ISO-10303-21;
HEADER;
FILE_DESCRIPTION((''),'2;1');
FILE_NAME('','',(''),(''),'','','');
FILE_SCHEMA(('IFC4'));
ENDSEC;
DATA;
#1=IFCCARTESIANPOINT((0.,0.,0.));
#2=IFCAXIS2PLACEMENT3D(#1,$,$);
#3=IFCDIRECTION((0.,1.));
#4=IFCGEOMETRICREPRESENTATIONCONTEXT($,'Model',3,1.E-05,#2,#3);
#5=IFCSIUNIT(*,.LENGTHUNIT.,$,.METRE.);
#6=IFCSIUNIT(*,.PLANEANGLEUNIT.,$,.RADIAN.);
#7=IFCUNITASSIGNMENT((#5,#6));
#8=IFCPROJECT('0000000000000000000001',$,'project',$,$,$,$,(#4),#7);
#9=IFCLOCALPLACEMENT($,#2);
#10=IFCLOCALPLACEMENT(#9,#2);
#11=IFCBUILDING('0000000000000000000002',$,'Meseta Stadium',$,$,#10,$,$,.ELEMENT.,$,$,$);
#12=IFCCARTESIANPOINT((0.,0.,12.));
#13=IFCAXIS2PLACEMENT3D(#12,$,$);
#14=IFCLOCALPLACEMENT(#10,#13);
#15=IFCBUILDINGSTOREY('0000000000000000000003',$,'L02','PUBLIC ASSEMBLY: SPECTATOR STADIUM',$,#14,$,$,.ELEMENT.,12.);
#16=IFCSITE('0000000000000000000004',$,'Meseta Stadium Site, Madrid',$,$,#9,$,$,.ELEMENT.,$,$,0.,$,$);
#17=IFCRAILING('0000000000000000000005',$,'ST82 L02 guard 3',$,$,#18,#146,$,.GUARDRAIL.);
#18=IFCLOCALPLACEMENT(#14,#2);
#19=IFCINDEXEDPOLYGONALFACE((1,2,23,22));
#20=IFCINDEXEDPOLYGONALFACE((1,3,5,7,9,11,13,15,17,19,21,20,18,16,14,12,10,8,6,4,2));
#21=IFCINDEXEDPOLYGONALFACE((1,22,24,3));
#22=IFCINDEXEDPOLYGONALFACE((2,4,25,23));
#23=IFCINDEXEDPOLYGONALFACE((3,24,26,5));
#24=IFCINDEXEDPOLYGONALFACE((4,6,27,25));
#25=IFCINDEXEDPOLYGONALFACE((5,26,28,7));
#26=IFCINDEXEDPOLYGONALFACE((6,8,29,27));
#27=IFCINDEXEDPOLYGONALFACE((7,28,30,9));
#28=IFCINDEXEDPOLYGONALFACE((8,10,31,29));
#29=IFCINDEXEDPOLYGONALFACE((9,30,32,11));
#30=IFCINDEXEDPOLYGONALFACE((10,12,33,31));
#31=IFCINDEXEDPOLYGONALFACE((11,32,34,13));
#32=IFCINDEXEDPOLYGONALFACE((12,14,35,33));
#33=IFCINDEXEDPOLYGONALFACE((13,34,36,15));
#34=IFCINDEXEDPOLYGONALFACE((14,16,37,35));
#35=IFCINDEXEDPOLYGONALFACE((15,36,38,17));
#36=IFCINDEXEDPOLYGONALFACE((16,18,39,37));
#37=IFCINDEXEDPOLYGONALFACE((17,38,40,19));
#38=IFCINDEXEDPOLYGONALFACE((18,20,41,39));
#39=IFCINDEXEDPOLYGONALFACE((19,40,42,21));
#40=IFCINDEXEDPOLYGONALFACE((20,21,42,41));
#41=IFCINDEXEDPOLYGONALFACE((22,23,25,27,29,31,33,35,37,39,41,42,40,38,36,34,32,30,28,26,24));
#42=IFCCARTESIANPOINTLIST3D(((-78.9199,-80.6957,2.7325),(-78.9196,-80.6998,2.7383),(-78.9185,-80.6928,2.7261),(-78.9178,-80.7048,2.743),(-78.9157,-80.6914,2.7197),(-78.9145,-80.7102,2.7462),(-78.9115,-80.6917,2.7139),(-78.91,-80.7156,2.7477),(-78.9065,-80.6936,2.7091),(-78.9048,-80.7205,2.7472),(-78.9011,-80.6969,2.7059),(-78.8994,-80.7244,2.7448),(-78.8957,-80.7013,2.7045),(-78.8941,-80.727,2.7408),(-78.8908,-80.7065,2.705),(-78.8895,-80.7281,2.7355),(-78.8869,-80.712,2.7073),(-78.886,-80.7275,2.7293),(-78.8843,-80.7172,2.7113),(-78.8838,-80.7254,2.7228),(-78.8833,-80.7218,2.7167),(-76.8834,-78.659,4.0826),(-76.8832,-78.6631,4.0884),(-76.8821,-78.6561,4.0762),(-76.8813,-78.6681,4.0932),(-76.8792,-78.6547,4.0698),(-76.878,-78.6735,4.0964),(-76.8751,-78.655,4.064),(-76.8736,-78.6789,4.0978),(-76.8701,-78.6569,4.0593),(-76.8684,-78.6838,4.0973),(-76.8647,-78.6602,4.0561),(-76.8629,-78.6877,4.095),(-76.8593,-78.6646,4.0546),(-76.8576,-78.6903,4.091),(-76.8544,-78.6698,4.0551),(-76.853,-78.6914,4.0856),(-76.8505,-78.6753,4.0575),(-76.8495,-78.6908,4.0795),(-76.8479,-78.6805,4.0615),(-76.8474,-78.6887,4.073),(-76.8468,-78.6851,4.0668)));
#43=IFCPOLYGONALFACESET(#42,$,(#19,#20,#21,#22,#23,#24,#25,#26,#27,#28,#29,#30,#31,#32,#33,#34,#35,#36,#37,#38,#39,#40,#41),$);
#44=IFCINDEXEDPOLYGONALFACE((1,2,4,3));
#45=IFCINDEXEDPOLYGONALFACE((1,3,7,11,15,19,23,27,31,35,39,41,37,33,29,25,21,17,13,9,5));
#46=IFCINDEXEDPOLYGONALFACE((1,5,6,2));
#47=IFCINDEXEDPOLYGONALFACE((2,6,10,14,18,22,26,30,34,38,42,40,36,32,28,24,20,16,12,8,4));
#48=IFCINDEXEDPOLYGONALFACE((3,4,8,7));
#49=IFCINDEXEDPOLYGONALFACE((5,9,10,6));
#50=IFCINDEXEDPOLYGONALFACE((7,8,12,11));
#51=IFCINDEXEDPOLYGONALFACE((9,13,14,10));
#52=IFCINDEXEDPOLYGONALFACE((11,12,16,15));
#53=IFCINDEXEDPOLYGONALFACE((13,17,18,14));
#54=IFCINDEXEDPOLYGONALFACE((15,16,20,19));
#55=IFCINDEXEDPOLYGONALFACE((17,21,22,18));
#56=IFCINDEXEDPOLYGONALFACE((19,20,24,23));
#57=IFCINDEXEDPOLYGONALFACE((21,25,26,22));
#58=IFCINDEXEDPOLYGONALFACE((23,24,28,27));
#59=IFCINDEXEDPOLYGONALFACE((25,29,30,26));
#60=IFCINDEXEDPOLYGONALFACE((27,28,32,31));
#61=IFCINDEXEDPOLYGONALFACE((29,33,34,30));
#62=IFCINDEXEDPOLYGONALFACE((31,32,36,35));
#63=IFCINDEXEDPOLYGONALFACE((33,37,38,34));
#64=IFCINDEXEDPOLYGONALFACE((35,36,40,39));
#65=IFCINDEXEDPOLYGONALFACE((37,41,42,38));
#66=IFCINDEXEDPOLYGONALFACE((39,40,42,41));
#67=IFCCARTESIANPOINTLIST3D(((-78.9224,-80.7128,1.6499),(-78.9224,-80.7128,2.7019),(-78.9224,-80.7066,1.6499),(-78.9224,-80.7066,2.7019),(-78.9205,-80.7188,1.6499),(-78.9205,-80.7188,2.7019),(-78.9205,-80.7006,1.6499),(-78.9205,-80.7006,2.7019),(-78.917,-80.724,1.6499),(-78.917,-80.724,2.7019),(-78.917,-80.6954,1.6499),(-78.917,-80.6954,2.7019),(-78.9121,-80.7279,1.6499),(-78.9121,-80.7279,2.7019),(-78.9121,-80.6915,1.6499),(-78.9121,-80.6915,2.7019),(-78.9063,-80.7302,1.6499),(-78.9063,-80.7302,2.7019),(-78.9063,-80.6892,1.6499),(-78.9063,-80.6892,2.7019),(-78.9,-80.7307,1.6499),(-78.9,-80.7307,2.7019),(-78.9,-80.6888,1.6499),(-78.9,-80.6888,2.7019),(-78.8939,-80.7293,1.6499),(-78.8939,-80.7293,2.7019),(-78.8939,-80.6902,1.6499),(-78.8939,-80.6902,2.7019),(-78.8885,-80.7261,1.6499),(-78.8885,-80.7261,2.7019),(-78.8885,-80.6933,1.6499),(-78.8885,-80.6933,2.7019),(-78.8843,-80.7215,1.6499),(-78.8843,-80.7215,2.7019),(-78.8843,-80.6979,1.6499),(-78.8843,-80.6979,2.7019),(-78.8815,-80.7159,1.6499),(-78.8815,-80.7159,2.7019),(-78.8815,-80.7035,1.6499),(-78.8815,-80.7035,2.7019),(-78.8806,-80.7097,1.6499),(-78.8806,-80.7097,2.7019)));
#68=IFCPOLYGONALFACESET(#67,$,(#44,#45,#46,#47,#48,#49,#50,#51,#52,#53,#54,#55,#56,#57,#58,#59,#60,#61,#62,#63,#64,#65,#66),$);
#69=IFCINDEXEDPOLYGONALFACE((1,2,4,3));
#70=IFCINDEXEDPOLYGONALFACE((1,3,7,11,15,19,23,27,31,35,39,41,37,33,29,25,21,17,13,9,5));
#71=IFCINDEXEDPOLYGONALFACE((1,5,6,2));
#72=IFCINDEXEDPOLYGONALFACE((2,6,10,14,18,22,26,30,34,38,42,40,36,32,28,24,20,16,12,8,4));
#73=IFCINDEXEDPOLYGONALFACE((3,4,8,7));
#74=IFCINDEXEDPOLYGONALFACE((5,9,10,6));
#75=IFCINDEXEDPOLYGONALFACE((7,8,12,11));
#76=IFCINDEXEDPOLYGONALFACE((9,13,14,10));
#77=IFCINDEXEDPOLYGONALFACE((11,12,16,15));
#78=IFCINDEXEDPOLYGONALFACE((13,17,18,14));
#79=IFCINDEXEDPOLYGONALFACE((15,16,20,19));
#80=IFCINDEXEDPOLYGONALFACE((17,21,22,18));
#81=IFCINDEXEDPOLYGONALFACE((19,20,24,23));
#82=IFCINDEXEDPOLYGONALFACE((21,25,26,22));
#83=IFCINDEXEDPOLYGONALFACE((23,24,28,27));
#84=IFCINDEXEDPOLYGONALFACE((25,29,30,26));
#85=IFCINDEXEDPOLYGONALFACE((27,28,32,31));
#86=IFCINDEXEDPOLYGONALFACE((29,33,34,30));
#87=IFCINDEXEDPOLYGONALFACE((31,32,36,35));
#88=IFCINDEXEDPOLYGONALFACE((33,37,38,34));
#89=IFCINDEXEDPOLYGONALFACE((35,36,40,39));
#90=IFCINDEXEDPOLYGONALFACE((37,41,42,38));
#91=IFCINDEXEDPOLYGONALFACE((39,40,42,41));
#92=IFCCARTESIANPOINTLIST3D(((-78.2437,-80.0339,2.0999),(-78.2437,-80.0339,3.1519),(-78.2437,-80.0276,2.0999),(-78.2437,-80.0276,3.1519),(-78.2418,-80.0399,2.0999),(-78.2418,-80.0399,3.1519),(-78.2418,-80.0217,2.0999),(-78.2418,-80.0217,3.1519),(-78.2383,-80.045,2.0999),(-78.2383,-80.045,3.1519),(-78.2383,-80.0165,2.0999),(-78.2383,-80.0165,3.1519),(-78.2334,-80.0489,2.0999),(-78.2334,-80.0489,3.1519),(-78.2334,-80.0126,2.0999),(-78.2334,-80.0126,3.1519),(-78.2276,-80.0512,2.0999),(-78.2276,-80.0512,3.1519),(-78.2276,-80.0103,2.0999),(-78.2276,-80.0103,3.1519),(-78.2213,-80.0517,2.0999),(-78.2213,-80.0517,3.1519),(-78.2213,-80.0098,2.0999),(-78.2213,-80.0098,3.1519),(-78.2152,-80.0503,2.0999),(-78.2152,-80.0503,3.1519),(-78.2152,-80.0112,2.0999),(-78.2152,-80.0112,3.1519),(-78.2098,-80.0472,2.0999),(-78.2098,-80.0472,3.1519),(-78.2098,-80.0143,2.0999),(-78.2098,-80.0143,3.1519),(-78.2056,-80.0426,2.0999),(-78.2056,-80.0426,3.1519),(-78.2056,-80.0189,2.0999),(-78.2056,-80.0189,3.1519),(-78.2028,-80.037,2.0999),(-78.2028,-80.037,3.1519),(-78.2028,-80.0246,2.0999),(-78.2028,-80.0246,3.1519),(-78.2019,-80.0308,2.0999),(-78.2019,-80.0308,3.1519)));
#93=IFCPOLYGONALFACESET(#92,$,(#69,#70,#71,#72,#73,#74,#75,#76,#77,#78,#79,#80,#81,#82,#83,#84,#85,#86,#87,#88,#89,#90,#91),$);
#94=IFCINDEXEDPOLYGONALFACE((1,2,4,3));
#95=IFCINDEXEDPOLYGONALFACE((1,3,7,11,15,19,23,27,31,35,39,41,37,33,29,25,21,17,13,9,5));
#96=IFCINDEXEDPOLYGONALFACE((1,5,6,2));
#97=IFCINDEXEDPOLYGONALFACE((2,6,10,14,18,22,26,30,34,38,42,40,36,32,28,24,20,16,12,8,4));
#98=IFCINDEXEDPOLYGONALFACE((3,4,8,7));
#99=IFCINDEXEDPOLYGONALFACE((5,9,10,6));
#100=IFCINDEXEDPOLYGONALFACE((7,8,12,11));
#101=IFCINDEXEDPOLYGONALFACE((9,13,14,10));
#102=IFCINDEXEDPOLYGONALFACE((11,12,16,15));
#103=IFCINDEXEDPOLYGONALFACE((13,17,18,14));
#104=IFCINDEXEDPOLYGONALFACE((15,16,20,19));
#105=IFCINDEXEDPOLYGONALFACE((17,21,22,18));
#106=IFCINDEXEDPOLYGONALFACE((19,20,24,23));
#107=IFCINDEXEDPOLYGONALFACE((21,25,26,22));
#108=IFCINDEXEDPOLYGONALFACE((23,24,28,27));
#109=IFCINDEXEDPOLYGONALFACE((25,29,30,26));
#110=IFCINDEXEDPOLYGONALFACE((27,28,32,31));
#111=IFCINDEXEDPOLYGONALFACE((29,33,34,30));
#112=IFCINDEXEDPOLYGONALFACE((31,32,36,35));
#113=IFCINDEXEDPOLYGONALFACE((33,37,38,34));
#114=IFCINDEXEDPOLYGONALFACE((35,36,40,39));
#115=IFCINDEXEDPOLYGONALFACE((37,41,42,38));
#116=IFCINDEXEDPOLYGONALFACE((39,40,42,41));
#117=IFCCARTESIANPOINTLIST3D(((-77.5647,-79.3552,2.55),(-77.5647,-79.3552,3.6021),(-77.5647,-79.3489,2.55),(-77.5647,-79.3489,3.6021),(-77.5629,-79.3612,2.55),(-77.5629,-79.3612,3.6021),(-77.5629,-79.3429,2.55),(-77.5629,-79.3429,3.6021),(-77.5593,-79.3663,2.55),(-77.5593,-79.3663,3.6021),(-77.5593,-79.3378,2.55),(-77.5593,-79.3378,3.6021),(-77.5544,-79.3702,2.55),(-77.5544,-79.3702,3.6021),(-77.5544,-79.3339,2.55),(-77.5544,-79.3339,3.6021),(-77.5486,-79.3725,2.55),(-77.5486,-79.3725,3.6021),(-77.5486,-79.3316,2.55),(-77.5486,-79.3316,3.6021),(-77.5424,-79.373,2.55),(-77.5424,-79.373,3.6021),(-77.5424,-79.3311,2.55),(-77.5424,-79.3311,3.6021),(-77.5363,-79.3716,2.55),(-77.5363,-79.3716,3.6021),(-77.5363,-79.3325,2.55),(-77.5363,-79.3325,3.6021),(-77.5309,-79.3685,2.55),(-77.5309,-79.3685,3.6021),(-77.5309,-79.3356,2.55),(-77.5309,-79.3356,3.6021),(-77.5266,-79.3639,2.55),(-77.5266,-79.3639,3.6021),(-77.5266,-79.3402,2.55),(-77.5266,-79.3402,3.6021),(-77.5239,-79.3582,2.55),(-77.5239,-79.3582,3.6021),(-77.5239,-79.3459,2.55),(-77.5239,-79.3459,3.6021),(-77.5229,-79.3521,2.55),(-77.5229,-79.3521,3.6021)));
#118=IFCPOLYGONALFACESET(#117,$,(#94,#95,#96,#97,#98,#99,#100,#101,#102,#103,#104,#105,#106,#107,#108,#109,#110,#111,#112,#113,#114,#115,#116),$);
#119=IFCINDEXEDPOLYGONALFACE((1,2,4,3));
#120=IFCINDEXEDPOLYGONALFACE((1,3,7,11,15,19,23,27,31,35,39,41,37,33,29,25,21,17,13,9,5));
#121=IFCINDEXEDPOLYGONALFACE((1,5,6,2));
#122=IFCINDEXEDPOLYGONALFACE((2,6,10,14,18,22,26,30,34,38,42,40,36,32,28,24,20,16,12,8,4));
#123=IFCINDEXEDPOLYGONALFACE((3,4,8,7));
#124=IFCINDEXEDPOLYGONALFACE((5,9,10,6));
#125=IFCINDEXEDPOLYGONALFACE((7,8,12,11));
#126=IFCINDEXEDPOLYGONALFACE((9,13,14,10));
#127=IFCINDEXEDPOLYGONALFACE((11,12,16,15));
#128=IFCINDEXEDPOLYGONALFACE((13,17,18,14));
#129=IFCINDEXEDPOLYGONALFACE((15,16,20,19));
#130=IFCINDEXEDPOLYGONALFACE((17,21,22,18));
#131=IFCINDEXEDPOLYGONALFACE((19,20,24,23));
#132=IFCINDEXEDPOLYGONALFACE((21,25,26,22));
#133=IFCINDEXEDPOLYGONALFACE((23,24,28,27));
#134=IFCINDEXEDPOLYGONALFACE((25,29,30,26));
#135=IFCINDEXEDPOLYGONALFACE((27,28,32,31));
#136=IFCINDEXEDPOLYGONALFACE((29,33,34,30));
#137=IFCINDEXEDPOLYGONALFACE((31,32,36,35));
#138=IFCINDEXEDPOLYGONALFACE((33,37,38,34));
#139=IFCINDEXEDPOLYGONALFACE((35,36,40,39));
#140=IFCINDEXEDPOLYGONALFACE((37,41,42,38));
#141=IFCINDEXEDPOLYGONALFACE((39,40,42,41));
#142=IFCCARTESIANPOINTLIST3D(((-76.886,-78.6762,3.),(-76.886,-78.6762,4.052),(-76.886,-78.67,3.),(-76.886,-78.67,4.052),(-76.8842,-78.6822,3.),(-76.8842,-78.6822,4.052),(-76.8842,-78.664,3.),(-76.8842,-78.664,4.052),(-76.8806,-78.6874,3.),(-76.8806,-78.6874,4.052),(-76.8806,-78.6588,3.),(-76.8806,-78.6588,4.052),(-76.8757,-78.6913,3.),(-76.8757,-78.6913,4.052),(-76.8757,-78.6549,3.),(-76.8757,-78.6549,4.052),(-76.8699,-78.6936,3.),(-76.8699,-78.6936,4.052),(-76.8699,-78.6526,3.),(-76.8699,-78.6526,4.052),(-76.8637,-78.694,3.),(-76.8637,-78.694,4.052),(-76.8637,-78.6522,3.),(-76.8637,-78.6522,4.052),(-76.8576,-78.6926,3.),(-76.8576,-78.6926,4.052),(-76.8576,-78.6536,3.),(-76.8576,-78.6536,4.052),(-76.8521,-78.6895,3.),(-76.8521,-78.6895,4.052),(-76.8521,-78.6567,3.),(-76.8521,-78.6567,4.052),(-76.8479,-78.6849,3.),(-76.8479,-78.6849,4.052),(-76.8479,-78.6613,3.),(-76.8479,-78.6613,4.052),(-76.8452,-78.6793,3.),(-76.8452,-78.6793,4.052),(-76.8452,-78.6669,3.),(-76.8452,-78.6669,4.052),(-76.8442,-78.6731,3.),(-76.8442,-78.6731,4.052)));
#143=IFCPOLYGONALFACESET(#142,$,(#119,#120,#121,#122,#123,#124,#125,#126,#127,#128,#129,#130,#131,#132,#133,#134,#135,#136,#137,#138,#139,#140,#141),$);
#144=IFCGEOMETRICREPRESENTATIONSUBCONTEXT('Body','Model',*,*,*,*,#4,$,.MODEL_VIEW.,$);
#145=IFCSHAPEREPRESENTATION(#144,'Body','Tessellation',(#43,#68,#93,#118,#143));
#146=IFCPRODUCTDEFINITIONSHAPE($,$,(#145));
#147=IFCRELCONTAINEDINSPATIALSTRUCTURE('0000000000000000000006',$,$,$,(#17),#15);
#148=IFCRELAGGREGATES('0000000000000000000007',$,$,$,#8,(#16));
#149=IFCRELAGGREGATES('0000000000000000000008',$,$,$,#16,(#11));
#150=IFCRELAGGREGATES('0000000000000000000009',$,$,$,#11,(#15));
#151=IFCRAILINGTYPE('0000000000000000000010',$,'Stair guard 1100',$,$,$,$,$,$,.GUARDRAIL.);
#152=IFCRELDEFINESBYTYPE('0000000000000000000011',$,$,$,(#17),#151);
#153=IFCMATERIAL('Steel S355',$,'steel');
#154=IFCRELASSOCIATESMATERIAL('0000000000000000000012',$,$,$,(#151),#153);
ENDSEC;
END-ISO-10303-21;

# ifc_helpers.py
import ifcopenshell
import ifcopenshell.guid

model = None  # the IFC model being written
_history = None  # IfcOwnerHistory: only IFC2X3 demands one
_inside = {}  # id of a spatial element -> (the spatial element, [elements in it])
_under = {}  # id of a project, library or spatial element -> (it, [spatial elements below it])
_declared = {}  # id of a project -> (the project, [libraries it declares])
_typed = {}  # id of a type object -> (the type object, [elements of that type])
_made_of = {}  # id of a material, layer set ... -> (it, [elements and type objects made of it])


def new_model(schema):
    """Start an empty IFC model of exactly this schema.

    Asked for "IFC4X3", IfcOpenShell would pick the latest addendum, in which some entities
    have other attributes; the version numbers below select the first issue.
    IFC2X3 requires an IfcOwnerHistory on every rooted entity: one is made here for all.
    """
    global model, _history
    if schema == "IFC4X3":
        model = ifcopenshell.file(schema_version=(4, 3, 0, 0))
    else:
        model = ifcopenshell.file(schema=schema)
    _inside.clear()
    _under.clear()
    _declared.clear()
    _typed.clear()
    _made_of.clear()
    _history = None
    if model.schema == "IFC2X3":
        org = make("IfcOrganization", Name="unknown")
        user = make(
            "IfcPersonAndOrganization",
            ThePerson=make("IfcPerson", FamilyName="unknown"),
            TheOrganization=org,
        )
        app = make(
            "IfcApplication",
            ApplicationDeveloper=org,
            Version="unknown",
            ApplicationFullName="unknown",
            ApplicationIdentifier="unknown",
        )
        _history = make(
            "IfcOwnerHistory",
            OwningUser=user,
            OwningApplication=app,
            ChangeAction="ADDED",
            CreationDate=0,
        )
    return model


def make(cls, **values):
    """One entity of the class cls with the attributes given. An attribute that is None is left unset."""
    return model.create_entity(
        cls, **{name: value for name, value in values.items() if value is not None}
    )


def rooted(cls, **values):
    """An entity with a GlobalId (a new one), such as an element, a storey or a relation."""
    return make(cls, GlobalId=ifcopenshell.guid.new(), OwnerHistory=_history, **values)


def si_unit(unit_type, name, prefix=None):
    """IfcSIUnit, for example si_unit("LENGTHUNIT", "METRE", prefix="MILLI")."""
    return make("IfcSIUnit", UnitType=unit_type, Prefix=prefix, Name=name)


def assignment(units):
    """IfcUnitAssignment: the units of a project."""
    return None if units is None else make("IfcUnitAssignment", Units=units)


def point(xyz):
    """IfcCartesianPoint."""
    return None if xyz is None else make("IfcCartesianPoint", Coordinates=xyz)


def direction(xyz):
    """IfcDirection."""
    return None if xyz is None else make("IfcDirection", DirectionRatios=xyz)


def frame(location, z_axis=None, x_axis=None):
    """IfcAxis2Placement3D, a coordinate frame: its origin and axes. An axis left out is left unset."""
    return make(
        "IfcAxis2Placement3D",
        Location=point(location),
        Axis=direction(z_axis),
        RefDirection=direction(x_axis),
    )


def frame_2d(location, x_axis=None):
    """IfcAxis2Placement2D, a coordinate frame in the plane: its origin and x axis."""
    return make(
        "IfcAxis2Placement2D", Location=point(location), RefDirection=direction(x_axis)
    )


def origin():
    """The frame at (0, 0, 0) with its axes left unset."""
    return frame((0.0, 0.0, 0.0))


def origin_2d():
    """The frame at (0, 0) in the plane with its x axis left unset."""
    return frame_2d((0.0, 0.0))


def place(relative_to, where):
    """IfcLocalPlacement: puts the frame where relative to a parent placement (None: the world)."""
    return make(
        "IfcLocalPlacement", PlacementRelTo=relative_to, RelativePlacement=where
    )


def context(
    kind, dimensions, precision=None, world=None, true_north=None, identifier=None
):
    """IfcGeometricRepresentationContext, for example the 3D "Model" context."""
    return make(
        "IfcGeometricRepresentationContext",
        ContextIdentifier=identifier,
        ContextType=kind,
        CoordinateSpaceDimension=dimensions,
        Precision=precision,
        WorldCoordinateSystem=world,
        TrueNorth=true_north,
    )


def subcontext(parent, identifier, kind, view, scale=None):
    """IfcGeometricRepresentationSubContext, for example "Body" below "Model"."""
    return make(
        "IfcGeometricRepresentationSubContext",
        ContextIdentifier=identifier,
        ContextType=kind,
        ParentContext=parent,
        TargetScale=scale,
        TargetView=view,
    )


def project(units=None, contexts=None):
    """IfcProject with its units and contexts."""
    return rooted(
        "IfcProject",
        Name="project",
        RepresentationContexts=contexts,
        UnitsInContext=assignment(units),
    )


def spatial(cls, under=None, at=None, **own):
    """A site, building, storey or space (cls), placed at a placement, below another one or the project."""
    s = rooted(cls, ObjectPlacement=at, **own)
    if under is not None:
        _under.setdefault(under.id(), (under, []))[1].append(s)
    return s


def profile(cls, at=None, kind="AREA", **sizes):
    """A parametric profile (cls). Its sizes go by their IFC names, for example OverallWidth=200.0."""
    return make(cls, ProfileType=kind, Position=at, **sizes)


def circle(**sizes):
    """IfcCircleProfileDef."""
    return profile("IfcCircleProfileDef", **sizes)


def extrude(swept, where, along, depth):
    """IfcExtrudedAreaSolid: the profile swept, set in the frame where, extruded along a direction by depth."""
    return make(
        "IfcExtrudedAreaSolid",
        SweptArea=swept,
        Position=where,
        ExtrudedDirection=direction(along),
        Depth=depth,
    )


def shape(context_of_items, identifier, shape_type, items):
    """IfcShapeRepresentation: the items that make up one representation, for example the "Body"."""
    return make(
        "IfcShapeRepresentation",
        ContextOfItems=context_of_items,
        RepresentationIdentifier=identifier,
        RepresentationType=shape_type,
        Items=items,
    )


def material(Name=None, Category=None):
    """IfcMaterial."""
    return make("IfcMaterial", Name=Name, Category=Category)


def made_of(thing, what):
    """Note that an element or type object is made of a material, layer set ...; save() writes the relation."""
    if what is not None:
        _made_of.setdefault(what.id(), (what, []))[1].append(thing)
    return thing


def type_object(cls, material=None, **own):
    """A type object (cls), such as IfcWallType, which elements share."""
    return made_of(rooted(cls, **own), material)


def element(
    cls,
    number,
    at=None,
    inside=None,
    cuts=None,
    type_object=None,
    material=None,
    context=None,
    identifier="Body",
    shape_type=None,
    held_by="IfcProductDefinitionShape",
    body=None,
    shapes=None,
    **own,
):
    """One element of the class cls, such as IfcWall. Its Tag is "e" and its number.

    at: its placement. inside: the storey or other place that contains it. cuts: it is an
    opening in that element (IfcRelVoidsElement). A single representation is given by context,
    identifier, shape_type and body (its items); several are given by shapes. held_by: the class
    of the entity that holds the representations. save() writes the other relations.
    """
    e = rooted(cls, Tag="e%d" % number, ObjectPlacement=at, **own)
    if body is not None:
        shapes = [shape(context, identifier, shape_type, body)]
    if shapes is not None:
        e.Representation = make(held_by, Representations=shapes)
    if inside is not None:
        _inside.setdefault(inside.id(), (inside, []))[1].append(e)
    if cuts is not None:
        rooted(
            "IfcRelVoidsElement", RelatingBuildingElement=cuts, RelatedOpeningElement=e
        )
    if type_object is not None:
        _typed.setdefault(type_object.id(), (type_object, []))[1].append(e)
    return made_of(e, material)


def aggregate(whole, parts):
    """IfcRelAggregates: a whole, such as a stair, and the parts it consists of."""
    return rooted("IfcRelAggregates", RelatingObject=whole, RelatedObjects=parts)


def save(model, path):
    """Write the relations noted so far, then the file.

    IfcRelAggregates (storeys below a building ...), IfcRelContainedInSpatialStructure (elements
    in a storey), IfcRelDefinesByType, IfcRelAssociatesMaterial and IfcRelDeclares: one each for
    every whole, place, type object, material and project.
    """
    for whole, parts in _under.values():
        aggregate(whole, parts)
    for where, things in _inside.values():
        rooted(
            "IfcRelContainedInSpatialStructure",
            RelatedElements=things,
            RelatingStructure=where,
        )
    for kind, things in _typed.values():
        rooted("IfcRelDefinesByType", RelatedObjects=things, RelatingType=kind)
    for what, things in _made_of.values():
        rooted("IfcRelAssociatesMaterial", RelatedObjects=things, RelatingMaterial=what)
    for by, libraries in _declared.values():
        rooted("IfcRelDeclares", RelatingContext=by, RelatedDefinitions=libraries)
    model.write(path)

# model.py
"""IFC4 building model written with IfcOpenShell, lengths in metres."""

from ifc_helpers import new_model, si_unit, direction, frame, origin, origin_2d, place, context, subcontext, project, spatial, circle, extrude, material, type_object, element, save


model = new_model("IFC4")

# Units and contexts
model_context = context("Model", 3, precision=1e-05, world=origin(), true_north=direction((0.0, 1.0)))
body_context = subcontext(model_context, "Body", "Model", "MODEL_VIEW")
ifc_project = project(units=[si_unit("LENGTHUNIT", "METRE"), si_unit("PLANEANGLEUNIT", "RADIAN")], contexts=[model_context])

# Site, building, storey
site_placement = place(None, origin())
site = spatial("IfcSite", under=ifc_project, at=site_placement, Name="Meseta Stadium Site, Madrid", CompositionType="ELEMENT", RefElevation=0.0)
building_placement = place(site_placement, origin())
building = spatial("IfcBuilding", under=site, at=building_placement, Name="Meseta Stadium", CompositionType="ELEMENT")
storey_placement = place(building_placement, frame((0.0, 0.0, 12.0)))
storey = spatial("IfcBuildingStorey", under=building, at=storey_placement, Name="L02", Description="PUBLIC ASSEMBLY: SPECTATOR STADIUM", CompositionType="ELEMENT", Elevation=12.0)

# Railing
ifc_material_1 = material(Name="Steel S355", Category="steel")
railing_type_1 = type_object("IfcRailingType", Name="Stair guard 1100", PredefinedType="GUARDRAIL", material=ifc_material_1)
railing_1_placement = place(storey_placement, frame((-78.9016, -80.7097, 1.6499)))
element("IfcRailing", 1, at=railing_1_placement, inside=storey, type_object=railing_type_1, Name="ST82 L02 guard 3", PredefinedType="GUARDRAIL", context=body_context, shape_type="SweptSolid", body=[
    extrude(circle(Radius=0.0239, at=origin_2d()), frame((0.0, 0.0, 1.0762), z_axis=(0.640211, 0.640288, 0.424454), x_axis=(-0.707149, 0.707064, 0.0)), (0.0, 0.0, 1.0), 3.1809),
    extrude(circle(Radius=0.021, at=origin_2d()), origin(), (0.0, 0.0, 1.0), 1.052),
    extrude(circle(Radius=0.021, at=origin_2d()), frame((0.6787, 0.679, 0.45)), (0.0, 0.0, 1.0), 1.052),
    extrude(circle(Radius=0.021, at=origin_2d()), frame((1.3577, 1.3577, 0.9001)), (0.0, 0.0, 1.0), 1.052),
    extrude(circle(Radius=0.021, at=origin_2d()), frame((2.0364, 2.0366, 1.3501)), (0.0, 0.0, 1.0), 1.052),
])

save(model, "model.ifc")
